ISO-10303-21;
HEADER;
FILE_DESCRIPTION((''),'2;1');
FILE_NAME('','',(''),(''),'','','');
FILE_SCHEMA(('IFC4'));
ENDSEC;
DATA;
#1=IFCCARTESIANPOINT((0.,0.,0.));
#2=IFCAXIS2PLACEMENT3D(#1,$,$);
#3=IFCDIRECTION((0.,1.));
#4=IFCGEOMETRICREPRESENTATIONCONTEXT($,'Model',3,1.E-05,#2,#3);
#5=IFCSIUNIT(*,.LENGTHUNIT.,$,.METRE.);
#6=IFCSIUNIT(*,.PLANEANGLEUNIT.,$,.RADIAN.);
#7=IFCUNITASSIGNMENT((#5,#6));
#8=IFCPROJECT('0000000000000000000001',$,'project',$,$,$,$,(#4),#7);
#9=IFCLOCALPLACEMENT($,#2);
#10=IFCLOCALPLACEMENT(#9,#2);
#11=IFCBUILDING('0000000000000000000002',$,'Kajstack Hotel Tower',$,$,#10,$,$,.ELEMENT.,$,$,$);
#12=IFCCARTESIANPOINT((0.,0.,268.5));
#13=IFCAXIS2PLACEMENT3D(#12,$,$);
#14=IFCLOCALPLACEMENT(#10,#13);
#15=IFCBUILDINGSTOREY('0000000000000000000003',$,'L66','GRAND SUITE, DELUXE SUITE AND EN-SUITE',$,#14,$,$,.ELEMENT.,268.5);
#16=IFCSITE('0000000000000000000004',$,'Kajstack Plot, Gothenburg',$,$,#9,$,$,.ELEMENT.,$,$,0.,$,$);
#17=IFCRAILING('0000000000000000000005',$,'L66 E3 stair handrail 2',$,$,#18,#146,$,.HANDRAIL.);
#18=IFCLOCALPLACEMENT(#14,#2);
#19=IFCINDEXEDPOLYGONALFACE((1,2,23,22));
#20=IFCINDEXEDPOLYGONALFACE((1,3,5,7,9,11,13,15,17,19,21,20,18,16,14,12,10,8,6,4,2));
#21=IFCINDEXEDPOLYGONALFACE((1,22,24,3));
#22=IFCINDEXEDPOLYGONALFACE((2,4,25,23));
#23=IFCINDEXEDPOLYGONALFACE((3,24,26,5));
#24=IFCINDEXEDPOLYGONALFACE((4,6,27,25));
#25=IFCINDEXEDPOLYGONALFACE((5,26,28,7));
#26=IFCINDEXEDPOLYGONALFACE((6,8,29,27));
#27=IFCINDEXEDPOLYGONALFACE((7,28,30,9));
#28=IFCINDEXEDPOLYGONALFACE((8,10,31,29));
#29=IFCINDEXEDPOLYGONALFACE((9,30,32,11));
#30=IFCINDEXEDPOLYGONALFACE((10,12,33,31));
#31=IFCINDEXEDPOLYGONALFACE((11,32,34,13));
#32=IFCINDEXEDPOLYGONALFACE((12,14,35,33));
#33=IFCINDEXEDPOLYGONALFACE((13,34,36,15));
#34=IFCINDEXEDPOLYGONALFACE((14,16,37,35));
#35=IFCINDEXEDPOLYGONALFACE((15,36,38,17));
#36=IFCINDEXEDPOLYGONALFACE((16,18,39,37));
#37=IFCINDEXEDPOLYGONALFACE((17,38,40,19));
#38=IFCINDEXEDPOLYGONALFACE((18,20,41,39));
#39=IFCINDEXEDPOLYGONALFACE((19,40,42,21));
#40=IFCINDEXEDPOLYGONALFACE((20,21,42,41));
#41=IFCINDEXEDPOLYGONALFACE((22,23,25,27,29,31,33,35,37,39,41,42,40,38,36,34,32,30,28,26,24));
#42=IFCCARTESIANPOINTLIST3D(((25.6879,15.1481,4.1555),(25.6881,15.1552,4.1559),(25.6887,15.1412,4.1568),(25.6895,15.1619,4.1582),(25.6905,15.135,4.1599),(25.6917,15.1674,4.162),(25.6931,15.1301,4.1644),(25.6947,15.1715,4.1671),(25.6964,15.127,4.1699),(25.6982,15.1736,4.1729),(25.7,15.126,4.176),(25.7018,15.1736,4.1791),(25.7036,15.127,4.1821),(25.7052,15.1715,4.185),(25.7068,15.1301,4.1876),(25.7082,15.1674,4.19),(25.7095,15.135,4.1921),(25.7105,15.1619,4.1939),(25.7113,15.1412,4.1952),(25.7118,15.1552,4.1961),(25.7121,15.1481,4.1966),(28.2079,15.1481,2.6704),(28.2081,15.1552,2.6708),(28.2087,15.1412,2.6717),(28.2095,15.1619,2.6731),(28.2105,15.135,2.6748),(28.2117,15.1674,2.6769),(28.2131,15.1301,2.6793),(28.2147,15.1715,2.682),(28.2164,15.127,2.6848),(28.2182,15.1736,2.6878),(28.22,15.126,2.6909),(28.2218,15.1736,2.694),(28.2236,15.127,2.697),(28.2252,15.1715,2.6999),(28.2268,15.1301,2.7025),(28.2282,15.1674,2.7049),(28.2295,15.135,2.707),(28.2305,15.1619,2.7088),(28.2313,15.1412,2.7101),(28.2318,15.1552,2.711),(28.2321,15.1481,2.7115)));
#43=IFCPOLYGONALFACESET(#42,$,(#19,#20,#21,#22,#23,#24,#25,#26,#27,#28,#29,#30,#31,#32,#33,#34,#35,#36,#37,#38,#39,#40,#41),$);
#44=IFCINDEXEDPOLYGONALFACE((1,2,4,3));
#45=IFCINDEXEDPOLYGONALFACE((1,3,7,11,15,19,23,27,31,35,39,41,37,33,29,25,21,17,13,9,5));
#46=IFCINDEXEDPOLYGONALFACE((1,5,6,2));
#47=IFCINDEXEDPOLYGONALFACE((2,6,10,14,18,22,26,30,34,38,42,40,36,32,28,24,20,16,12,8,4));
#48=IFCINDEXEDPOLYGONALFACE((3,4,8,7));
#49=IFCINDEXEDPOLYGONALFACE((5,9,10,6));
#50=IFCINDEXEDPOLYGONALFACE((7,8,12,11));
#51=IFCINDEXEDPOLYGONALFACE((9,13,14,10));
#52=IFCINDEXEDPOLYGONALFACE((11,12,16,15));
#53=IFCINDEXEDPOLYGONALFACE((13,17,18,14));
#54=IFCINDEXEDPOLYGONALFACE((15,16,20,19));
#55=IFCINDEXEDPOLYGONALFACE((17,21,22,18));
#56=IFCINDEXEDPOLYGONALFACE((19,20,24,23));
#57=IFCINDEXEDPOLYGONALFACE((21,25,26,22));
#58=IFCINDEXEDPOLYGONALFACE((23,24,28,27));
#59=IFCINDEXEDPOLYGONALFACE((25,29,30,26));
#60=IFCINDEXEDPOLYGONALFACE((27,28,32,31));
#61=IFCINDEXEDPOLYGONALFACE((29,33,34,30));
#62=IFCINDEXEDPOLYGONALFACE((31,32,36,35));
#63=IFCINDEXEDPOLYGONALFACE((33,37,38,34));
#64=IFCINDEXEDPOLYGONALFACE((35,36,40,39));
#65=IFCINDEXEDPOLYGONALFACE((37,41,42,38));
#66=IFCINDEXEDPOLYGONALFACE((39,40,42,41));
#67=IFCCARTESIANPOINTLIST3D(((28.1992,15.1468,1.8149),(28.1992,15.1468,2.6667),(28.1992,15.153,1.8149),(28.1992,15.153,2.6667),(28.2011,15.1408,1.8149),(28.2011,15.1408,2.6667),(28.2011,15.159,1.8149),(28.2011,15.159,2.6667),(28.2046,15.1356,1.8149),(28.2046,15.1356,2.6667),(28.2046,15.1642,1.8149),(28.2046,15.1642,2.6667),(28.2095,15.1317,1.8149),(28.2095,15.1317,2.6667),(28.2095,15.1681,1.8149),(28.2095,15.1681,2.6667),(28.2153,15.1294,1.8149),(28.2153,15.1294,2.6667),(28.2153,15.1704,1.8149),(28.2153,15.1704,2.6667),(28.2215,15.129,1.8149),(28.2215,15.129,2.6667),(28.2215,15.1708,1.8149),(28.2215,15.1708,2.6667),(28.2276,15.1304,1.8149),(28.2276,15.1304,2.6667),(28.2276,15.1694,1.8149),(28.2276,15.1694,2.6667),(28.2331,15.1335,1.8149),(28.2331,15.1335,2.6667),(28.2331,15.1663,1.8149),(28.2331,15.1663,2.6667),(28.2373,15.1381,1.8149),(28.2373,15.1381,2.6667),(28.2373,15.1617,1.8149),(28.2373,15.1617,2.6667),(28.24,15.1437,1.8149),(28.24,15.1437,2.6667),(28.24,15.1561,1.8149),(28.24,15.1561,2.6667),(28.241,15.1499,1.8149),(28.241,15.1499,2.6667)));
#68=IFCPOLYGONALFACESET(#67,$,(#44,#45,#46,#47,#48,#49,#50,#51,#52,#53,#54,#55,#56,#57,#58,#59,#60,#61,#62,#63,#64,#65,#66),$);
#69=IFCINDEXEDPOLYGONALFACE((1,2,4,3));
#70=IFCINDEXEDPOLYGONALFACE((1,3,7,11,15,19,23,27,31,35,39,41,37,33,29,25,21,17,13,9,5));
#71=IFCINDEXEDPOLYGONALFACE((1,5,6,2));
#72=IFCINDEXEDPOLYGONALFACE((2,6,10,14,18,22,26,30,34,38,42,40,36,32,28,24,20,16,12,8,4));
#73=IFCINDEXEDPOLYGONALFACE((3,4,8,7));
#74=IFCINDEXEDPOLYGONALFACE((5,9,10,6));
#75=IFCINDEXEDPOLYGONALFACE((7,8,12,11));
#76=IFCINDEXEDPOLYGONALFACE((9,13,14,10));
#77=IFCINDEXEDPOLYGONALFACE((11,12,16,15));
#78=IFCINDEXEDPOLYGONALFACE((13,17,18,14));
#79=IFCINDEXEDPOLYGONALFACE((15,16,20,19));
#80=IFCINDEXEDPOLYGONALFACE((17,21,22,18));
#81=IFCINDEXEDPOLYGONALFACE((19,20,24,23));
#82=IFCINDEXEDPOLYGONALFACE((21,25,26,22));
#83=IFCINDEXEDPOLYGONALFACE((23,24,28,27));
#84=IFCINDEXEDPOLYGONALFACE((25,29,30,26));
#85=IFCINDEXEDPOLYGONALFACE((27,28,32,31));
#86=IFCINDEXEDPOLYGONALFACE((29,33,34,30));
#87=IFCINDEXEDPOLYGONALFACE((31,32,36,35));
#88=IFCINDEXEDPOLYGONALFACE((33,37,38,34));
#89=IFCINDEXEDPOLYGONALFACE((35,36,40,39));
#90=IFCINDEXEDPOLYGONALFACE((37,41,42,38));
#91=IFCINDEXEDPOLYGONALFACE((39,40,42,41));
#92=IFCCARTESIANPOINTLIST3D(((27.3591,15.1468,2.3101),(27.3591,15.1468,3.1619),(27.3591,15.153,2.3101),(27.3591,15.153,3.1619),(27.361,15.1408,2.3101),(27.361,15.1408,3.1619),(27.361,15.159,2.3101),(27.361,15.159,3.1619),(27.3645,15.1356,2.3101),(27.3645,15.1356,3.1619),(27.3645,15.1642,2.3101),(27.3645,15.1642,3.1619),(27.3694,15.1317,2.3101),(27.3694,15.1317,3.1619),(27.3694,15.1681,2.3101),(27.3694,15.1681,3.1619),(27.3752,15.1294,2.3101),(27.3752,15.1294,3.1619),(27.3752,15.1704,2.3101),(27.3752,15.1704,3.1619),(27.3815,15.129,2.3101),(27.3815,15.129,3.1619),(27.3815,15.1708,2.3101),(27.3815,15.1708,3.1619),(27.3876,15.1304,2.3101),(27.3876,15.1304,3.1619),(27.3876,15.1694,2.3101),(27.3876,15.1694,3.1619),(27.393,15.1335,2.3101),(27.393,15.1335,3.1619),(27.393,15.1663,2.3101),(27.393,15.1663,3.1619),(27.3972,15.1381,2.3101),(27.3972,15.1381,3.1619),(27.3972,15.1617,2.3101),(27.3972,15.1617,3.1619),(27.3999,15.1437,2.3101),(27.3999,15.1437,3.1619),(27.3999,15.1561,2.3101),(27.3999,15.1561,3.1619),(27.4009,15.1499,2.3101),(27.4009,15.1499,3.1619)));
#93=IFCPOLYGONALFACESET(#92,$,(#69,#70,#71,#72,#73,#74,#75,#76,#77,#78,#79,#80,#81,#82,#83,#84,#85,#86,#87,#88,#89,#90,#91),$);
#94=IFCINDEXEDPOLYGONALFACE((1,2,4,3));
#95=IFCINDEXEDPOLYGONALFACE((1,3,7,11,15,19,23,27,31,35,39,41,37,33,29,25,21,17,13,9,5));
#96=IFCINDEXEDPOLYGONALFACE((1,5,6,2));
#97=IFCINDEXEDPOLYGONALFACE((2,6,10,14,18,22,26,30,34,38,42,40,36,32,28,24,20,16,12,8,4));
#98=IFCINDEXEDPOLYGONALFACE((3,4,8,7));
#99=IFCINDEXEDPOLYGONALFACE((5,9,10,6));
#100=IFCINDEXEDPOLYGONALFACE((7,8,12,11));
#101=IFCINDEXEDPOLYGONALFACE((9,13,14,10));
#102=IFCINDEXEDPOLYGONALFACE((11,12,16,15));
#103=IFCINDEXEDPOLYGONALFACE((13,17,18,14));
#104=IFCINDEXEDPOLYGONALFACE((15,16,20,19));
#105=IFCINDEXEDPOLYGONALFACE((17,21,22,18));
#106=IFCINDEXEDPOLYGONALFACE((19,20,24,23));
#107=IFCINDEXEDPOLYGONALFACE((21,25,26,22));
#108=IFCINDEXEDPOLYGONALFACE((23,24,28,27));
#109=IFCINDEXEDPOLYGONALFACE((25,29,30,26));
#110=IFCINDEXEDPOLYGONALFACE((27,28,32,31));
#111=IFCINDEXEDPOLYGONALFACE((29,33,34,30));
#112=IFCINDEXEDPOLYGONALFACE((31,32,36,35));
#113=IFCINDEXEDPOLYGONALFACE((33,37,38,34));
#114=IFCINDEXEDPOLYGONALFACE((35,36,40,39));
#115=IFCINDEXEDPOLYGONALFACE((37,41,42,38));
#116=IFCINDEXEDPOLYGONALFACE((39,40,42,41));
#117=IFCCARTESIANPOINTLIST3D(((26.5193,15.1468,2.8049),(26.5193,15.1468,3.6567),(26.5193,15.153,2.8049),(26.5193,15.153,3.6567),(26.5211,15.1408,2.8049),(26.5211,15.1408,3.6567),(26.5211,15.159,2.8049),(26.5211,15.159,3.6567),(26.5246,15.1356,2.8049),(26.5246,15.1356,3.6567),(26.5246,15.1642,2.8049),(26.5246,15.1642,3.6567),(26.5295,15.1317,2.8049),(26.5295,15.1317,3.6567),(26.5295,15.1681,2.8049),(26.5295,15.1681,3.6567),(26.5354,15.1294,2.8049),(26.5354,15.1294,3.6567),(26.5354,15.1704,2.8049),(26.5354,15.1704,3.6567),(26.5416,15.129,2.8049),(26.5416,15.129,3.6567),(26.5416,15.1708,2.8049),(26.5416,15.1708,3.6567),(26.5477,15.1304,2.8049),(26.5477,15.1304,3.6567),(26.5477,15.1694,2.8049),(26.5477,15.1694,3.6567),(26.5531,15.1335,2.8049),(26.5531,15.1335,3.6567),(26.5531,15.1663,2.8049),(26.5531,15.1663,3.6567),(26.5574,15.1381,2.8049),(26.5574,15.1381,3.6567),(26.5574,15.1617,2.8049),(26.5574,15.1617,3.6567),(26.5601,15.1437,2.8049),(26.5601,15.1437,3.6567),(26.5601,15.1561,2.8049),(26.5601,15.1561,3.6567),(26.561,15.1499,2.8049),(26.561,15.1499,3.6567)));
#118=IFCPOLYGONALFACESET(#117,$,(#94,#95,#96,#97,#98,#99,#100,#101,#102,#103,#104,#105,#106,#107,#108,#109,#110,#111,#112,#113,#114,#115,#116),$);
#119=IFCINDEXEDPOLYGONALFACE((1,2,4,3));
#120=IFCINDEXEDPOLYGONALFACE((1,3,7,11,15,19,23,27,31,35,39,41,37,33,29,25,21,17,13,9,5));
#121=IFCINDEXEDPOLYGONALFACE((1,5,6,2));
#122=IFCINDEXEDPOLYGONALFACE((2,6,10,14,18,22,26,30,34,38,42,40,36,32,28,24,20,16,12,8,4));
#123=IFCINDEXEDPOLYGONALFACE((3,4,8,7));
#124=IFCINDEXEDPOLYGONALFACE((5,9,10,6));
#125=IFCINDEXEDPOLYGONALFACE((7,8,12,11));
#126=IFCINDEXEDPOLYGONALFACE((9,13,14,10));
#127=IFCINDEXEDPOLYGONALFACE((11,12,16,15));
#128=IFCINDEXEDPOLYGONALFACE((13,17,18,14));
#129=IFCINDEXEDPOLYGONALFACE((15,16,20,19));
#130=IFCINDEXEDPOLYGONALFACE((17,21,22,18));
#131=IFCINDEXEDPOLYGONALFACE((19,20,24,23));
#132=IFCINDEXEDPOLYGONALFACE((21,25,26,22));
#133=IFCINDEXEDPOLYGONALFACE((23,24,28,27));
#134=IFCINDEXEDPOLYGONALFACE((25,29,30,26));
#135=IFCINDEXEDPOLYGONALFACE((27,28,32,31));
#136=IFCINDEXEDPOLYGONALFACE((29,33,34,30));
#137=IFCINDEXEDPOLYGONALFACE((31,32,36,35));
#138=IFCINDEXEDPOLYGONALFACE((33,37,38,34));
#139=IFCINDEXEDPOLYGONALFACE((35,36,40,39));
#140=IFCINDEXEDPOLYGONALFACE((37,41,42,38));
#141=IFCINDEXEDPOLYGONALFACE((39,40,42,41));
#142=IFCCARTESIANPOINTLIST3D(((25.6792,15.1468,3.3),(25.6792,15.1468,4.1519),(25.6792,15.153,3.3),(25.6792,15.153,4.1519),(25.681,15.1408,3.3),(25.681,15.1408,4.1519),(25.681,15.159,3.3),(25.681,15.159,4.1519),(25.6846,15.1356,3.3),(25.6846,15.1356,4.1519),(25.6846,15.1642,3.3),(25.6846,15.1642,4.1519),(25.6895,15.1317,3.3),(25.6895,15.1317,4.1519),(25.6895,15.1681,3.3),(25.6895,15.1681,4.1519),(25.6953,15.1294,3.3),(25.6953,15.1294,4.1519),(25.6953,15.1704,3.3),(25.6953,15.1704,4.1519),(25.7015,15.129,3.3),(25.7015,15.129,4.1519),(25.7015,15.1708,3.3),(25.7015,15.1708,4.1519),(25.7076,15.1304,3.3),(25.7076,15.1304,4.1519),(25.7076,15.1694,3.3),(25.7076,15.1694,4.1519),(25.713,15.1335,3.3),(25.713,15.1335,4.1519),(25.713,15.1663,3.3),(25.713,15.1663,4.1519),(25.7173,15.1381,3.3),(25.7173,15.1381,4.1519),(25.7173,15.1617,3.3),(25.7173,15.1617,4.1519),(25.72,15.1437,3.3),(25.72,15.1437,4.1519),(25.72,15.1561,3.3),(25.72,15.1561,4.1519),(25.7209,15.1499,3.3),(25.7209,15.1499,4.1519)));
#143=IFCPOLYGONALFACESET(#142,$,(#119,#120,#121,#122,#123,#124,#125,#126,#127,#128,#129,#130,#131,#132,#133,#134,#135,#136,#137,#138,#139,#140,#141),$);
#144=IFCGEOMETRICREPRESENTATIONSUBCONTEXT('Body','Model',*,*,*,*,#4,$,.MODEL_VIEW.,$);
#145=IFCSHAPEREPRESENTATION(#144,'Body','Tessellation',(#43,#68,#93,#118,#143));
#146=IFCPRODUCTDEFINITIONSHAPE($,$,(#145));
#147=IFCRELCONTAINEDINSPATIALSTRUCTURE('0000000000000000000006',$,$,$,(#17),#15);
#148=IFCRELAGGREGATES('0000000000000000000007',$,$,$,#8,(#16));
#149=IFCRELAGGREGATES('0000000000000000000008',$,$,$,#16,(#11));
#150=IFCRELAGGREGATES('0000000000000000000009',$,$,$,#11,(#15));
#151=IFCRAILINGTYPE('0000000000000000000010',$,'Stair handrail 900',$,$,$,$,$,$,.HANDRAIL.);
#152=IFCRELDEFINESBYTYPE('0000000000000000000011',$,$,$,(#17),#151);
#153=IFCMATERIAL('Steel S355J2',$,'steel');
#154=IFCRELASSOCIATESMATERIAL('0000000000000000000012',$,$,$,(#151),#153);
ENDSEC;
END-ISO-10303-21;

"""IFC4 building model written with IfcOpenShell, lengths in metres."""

from ifc_helpers import new_model, si_unit, direction, frame, origin, origin_2d, place, context, subcontext, project, spatial, circle, extrude, material, type_object, element, save


model = new_model("IFC4")

# Units and contexts
model_context = context("Model", 3, precision=1e-05, world=origin(), true_north=direction((0.0, 1.0)))
body_context = subcontext(model_context, "Body", "Model", "MODEL_VIEW")
ifc_project = project(units=[si_unit("LENGTHUNIT", "METRE"), si_unit("PLANEANGLEUNIT", "RADIAN")], contexts=[model_context])

# Site, building, storey
site_placement = place(None, origin())
site = spatial("IfcSite", under=ifc_project, at=site_placement, Name="Kajstack Plot, Gothenburg", CompositionType="ELEMENT", RefElevation=0.0)
building_placement = place(site_placement, origin())
building = spatial("IfcBuilding", under=site, at=building_placement, Name="Kajstack Hotel Tower", CompositionType="ELEMENT")
storey_placement = place(building_placement, frame((0.0, 0.0, 268.5)))
storey = spatial("IfcBuildingStorey", under=building, at=storey_placement, Name="L66", Description="GRAND SUITE, DELUXE SUITE AND EN-SUITE", CompositionType="ELEMENT", Elevation=268.5)

# Railing
ifc_material_1 = material(Name="Steel S355J2", Category="steel")
railing_type_1 = type_object("IfcRailingType", Name="Stair handrail 900", PredefinedType="HANDRAIL", material=ifc_material_1)
railing_1_placement = place(storey_placement, frame((28.22, 15.1499, 1.8149)))
element("IfcRailing", 1, at=railing_1_placement, inside=storey, type_object=railing_type_1, Name="L66 E3 stair handrail 2", PredefinedType="HANDRAIL", context=body_context, shape_type="SweptSolid", body=[
    extrude(circle(Radius=0.0239, at=origin_2d()), frame((0.0, 0.0, 0.876), z_axis=(-0.861524, 0.0, 0.507717), x_axis=(0.0, -1.0, 0.0)), (0.0, 0.0, 1.0), 2.925),
    extrude(circle(Radius=0.021, at=origin_2d()), origin(), (0.0, 0.0, 1.0), 0.8518),
    extrude(circle(Radius=0.021, at=origin_2d()), frame((-0.8401, 0.0, 0.4951)), (0.0, 0.0, 1.0), 0.8518),
    extrude(circle(Radius=0.021, at=origin_2d()), frame((-1.6799, 0.0, 0.99)), (0.0, 0.0, 1.0), 0.8518),
    extrude(circle(Radius=0.021, at=origin_2d()), frame((-2.52, 0.0, 1.4851)), (0.0, 0.0, 1.0), 0.8518),
])

save(model, "model.ifc")
